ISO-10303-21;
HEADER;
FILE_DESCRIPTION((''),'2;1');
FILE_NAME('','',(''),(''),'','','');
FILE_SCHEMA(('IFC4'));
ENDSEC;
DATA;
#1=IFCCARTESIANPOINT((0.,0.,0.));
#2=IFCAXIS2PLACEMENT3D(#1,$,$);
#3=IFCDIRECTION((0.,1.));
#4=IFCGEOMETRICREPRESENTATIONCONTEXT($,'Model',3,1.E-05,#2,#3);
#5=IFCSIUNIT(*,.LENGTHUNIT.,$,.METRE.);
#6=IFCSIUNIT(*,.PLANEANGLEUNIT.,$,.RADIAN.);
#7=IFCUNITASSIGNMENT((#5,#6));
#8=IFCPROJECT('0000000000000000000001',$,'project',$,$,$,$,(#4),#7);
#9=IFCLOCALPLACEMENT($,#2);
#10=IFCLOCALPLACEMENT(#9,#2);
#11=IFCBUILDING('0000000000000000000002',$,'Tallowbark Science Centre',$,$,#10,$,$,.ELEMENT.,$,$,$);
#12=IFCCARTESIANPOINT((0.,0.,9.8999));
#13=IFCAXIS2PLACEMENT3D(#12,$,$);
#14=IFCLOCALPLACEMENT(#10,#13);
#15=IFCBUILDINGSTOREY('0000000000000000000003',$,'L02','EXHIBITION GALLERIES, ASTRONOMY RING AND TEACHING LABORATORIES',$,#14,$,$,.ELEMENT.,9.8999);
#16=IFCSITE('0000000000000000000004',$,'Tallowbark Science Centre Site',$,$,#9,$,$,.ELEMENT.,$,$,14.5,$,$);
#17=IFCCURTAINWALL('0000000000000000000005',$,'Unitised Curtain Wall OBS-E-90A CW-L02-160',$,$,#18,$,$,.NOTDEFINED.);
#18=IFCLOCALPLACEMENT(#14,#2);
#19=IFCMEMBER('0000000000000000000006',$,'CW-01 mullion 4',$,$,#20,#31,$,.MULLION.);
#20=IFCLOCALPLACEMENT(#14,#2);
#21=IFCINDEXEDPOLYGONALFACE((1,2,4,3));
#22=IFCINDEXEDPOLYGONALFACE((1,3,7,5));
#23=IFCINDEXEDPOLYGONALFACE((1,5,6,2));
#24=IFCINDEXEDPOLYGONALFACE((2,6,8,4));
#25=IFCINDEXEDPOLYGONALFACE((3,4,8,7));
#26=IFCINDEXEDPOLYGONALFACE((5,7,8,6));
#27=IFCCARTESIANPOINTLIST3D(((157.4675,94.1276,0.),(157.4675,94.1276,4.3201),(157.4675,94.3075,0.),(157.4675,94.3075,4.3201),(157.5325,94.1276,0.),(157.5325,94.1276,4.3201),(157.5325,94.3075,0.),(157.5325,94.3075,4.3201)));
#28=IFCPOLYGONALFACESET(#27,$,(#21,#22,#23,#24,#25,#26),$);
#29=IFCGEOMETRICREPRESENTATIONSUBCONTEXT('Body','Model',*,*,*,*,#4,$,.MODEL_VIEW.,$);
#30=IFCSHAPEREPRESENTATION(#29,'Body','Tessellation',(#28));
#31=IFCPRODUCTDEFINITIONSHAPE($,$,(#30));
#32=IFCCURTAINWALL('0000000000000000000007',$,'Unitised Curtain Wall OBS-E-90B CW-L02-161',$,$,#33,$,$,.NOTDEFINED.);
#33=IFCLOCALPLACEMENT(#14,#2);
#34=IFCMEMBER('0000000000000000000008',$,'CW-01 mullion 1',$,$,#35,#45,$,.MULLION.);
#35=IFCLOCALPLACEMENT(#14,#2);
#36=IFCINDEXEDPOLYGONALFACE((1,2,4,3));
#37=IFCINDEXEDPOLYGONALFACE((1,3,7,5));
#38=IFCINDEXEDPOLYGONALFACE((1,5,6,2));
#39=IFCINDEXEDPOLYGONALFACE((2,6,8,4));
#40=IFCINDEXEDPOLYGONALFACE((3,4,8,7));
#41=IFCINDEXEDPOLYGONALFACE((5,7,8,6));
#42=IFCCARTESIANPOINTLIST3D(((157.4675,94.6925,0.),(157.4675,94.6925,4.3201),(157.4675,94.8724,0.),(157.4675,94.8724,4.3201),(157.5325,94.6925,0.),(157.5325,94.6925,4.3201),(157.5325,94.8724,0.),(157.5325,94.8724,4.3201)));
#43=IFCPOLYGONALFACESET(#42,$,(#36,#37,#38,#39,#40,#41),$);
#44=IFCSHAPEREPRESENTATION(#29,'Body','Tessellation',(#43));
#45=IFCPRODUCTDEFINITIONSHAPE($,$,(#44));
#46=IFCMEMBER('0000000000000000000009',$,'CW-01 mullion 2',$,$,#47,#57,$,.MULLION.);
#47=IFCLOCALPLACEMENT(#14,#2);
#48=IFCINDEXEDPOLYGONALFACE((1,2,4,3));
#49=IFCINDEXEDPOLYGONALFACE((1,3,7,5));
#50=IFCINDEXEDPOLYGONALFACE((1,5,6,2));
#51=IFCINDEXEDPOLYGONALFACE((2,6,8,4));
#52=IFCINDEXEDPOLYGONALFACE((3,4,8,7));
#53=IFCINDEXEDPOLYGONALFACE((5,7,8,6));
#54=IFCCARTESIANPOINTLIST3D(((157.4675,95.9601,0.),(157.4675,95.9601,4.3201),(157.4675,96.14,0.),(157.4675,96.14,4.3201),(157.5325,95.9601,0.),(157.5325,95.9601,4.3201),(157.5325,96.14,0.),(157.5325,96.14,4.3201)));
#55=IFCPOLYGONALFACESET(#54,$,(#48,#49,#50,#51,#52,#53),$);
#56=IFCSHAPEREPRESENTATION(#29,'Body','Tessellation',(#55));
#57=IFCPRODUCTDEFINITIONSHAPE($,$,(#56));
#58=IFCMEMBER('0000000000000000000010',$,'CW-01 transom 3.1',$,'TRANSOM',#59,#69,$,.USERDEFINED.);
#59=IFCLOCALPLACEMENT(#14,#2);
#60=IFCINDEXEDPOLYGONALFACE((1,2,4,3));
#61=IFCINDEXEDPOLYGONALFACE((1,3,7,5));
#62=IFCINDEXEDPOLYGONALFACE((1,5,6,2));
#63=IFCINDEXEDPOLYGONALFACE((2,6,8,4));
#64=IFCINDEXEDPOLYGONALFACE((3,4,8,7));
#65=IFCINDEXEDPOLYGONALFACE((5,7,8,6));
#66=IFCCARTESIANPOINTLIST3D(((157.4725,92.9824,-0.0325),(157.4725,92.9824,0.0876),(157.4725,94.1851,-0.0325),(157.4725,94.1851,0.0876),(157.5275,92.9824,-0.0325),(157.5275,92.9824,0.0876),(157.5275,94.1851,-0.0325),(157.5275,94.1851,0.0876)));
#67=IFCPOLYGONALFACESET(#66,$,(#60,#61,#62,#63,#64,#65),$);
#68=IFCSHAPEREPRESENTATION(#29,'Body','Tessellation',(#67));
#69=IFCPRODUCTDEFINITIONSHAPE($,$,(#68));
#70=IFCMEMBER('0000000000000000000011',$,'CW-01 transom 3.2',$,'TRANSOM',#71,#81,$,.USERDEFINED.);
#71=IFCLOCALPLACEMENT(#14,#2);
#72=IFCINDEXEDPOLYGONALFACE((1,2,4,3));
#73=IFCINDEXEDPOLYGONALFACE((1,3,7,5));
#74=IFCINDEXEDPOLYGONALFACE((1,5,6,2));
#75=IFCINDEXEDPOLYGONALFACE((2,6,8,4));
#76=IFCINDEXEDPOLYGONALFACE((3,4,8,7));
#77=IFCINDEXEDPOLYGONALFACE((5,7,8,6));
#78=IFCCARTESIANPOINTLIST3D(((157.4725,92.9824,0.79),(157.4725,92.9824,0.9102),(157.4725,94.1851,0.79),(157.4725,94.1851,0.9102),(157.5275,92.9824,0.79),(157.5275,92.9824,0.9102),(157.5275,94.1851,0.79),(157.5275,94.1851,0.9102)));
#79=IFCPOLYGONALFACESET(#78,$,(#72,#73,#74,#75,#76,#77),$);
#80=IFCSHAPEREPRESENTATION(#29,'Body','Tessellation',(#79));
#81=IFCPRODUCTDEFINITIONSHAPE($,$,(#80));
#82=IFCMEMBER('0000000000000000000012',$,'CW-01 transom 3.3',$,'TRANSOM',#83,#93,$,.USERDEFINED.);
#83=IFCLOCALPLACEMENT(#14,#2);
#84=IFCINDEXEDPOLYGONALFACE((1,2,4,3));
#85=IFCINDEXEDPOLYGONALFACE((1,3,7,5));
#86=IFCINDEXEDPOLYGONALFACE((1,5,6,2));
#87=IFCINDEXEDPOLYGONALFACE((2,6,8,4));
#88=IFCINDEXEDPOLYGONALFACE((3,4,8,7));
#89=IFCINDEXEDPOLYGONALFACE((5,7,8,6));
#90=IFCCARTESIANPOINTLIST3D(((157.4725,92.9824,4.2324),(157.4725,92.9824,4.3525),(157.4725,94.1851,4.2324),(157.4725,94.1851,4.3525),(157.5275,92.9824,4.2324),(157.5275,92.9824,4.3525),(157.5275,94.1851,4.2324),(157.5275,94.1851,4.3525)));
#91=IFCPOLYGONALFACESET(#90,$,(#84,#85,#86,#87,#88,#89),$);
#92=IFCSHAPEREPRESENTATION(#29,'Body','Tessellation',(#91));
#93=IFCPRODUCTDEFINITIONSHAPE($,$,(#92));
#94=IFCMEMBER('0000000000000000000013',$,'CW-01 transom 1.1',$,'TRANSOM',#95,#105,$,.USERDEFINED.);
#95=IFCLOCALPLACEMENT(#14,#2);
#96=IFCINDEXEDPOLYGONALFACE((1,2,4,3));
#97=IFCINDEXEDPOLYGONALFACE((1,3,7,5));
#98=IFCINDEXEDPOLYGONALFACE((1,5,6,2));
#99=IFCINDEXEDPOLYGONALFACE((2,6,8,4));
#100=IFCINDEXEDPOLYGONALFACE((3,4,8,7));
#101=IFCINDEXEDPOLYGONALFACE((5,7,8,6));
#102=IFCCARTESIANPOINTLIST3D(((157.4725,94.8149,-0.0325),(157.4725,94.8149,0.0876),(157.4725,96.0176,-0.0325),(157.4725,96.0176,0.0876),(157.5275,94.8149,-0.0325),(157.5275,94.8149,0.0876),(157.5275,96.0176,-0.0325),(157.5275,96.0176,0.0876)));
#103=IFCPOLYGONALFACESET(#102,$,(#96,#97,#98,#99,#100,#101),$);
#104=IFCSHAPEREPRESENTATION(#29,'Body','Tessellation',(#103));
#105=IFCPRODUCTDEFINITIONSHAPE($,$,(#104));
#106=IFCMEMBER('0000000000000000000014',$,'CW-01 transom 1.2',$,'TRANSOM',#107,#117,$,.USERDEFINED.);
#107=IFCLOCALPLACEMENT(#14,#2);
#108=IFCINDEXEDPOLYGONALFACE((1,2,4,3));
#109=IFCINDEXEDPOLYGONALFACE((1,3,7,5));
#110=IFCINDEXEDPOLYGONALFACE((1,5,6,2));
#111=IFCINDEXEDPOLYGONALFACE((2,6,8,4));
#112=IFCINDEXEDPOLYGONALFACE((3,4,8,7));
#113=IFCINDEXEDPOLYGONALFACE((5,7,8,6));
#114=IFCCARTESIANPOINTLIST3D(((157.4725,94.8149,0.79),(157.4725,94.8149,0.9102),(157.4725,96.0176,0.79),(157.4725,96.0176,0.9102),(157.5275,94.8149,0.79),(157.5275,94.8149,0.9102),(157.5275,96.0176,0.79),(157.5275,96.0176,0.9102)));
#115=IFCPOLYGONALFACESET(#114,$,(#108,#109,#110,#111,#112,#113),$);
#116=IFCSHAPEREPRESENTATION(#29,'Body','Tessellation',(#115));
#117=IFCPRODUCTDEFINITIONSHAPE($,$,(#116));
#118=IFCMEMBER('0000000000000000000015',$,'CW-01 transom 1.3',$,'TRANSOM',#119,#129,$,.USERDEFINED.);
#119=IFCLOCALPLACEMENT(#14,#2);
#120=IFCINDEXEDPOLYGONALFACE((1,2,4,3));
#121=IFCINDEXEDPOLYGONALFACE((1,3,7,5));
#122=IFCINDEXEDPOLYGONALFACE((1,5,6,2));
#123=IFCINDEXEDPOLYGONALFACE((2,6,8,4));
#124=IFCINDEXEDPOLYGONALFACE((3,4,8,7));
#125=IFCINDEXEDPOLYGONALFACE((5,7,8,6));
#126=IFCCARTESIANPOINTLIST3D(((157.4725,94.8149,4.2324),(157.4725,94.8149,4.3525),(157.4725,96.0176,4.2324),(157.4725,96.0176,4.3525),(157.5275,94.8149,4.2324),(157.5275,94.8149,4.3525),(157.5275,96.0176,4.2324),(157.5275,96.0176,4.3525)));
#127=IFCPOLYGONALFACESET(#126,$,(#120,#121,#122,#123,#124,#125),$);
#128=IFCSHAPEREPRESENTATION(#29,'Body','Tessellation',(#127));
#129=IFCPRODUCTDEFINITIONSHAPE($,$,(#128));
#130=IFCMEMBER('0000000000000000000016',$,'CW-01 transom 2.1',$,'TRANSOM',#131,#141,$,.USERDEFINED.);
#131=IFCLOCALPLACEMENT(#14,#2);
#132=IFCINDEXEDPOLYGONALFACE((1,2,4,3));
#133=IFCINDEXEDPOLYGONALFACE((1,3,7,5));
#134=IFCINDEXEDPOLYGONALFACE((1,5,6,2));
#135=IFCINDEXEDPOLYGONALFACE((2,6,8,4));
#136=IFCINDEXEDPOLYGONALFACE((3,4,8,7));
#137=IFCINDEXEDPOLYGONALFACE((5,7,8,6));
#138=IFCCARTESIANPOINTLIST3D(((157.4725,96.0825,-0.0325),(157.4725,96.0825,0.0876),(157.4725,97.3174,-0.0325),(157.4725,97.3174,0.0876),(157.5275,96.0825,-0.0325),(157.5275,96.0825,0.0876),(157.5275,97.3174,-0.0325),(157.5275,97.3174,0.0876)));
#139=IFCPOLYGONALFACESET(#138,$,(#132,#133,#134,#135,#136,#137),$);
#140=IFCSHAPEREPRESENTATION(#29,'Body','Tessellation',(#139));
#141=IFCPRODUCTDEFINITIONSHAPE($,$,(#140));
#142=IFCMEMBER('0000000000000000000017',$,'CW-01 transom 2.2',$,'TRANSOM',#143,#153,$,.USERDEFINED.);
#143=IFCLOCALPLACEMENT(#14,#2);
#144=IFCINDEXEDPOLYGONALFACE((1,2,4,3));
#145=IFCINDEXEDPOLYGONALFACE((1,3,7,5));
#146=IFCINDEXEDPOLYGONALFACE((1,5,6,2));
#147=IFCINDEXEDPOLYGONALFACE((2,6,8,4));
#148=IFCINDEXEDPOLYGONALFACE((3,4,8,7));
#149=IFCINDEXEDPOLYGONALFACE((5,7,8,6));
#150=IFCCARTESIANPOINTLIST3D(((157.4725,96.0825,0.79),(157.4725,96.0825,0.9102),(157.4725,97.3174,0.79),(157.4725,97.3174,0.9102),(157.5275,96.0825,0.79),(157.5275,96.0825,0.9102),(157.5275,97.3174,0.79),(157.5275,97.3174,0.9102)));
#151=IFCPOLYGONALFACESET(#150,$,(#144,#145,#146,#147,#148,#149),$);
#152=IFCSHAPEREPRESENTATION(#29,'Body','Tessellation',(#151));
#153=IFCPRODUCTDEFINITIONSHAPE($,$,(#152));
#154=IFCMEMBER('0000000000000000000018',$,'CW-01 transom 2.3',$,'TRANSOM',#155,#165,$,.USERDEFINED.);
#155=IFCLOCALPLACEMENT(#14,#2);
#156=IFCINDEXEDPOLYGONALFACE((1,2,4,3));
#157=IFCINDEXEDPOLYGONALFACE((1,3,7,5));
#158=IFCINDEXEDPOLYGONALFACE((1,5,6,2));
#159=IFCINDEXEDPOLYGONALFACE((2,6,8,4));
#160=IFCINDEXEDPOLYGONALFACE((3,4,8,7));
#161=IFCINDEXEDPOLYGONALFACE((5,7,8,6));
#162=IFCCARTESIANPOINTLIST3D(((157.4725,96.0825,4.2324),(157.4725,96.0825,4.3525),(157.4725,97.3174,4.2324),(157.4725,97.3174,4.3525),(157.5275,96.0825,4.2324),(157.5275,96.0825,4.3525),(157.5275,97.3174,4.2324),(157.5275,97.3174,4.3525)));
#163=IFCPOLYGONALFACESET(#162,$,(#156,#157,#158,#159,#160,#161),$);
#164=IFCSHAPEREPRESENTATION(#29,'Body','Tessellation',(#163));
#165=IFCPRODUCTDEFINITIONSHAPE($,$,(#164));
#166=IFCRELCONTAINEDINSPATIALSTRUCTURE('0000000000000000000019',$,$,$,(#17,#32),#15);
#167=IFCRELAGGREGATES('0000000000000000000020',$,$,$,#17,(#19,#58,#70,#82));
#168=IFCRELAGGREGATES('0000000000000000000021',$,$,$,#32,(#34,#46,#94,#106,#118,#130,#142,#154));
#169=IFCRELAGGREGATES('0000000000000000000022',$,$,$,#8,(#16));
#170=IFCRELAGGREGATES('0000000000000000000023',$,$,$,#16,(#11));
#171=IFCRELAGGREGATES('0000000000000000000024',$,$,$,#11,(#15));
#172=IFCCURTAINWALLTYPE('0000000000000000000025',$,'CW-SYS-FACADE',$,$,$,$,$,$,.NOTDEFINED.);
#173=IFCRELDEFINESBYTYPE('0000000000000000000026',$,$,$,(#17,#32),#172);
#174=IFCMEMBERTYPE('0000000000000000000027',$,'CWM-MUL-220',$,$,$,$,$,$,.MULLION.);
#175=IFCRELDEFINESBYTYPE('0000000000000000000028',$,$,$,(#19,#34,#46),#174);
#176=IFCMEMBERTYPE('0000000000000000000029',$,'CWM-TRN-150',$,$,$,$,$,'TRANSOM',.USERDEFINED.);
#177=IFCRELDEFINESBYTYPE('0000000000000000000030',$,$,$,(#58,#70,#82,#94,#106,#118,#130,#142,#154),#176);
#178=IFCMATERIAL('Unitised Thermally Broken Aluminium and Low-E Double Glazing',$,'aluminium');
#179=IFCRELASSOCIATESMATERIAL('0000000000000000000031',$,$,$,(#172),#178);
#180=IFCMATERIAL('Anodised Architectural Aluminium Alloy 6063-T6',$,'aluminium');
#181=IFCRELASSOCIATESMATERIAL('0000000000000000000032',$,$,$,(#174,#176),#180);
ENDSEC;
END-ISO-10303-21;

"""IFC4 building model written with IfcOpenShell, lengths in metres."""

from ifc_helpers import new_model, si_unit, direction, frame, origin, origin_2d, place, context, subcontext, project, spatial, rectangle, extrude, material, material_profile, profile_set, type_object, element, aggregate, save


model = new_model("IFC4")

# Units and contexts
model_context = context("Model", 3, precision=1e-05, world=origin(), true_north=direction((0.0, 1.0)))
body_context = subcontext(model_context, "Body", "Model", "MODEL_VIEW")
ifc_project = project(units=[si_unit("LENGTHUNIT", "METRE"), si_unit("PLANEANGLEUNIT", "RADIAN")], contexts=[model_context])

# Site, building, storey
site_placement = place(None, origin())
site = spatial("IfcSite", under=ifc_project, at=site_placement, Name="Tallowbark Science Centre Site", CompositionType="ELEMENT", RefElevation=14.5)
building_placement = place(site_placement, origin())
building = spatial("IfcBuilding", under=site, at=building_placement, Name="Tallowbark Science Centre", CompositionType="ELEMENT")
storey_placement = place(building_placement, frame((0.0, 0.0, 9.8999)))
storey = spatial("IfcBuildingStorey", under=building, at=storey_placement, Name="L02", Description="EXHIBITION GALLERIES, ASTRONOMY RING AND TEACHING LABORATORIES", CompositionType="ELEMENT", Elevation=9.8999)

# Curtain wall, member
ifc_material_1 = material(Name="Unitised Thermally Broken Aluminium and Low-E Double Glazing", Category="aluminium")
curtain_wall_type = type_object("IfcCurtainWallType", Name="CW-SYS-FACADE", PredefinedType="NOTDEFINED", material=ifc_material_1)
curtain_wall_1_placement = place(storey_placement, origin())
curtain_wall_1 = element("IfcCurtainWall", 1, at=curtain_wall_1_placement, inside=storey, type_object=curtain_wall_type, Name="Unitised Curtain Wall OBS-E-90A CW-L02-160", PredefinedType="NOTDEFINED")
ifc_material_2 = material(Name="Anodised Architectural Aluminium Alloy 6063-T6", Category="aluminium")
ifc_material_profile_1 = material_profile(ifc_material_2, rectangle(XDim=0.0649, YDim=0.1799, at=origin_2d()), Name="ALU65x180")
ifc_profile_set_1 = profile_set([ifc_material_profile_1], Name="Anodised Architectural Aluminium Alloy 6063-T6")
member_type_1 = type_object("IfcMemberType", Name="CWM-MUL-220", PredefinedType="MULLION", material=ifc_profile_set_1)
member_1_placement = place(storey_placement, frame((157.5, 94.2175, 0.0), z_axis=(0.0, 0.0, 1.0), x_axis=(-1.0, 0.0, 0.0)))
member_1 = element("IfcMember", 2, at=member_1_placement, type_object=member_type_1, Name="CW-01 mullion 4", PredefinedType="MULLION", context=body_context, shape_type="SweptSolid", body=[
    extrude(rectangle(XDim=0.0649, YDim=0.1799, at=origin_2d()), origin(), (0.0, 0.0, 1.0), 4.3201),
])

# Curtain wall, members
curtain_wall_2_placement = place(storey_placement, origin())
curtain_wall_2 = element("IfcCurtainWall", 3, at=curtain_wall_2_placement, inside=storey, type_object=curtain_wall_type, Name="Unitised Curtain Wall OBS-E-90B CW-L02-161", PredefinedType="NOTDEFINED")
member_2_placement = place(storey_placement, frame((157.5, 94.7825, 0.0), z_axis=(0.0, 0.0, 1.0), x_axis=(-1.0, 0.0, 0.0)))
member_2 = element("IfcMember", 4, at=member_2_placement, type_object=member_type_1, Name="CW-01 mullion 1", PredefinedType="MULLION", context=body_context, shape_type="SweptSolid", body=[
    extrude(rectangle(XDim=0.0649, YDim=0.1799, at=origin_2d()), origin(), (0.0, 0.0, 1.0), 4.3201),
])
member_3_placement = place(storey_placement, frame((157.5, 96.05, 0.0), z_axis=(0.0, 0.0, 1.0), x_axis=(-1.0, 0.0, 0.0)))
member_3 = element("IfcMember", 5, at=member_3_placement, type_object=member_type_1, Name="CW-01 mullion 2", PredefinedType="MULLION", context=body_context, shape_type="SweptSolid", body=[
    extrude(rectangle(XDim=0.0649, YDim=0.1799, at=origin_2d()), origin(), (0.0, 0.0, 1.0), 4.3201),
])

# Members
ifc_material_profile_2 = material_profile(ifc_material_2, rectangle(XDim=0.0549, YDim=0.1201, at=origin_2d()), Name="ALU55x120")
ifc_profile_set_2 = profile_set([ifc_material_profile_2], Name="Anodised Architectural Aluminium Alloy 6063-T6")
member_type_2 = type_object("IfcMemberType", Name="CWM-TRN-150", ElementType="TRANSOM", PredefinedType="USERDEFINED", material=ifc_profile_set_2)
member_4_placement = place(storey_placement, frame((157.5, 92.9824, 0.0276), z_axis=(0.0, 1.0, 0.0), x_axis=(-1.0, 0.0, 0.0)))
member_4 = element("IfcMember", 6, at=member_4_placement, type_object=member_type_2, Name="CW-01 transom 3.1", ObjectType="TRANSOM", PredefinedType="USERDEFINED", context=body_context, shape_type="SweptSolid", body=[
    extrude(rectangle(XDim=0.0549, YDim=0.1201, at=origin_2d()), origin(), (0.0, 0.0, 1.0), 1.2026),
])
member_5_placement = place(storey_placement, frame((157.5, 92.9824, 0.8501), z_axis=(0.0, 1.0, 0.0), x_axis=(-1.0, 0.0, 0.0)))
member_5 = element("IfcMember", 7, at=member_5_placement, type_object=member_type_2, Name="CW-01 transom 3.2", ObjectType="TRANSOM", PredefinedType="USERDEFINED", context=body_context, shape_type="SweptSolid", body=[
    extrude(rectangle(XDim=0.0549, YDim=0.1201, at=origin_2d()), origin(), (0.0, 0.0, 1.0), 1.2026),
])
member_6_placement = place(storey_placement, frame((157.5, 92.9824, 4.2925), z_axis=(0.0, 1.0, 0.0), x_axis=(-1.0, 0.0, 0.0)))
member_6 = element("IfcMember", 8, at=member_6_placement, type_object=member_type_2, Name="CW-01 transom 3.3", ObjectType="TRANSOM", PredefinedType="USERDEFINED", context=body_context, shape_type="SweptSolid", body=[
    extrude(rectangle(XDim=0.0549, YDim=0.1201, at=origin_2d()), origin(), (0.0, 0.0, 1.0), 1.2026),
])
member_7_placement = place(storey_placement, frame((157.5, 94.8149, 0.0276), z_axis=(0.0, 1.0, 0.0), x_axis=(-1.0, 0.0, 0.0)))
member_7 = element("IfcMember", 9, at=member_7_placement, type_object=member_type_2, Name="CW-01 transom 1.1", ObjectType="TRANSOM", PredefinedType="USERDEFINED", context=body_context, shape_type="SweptSolid", body=[
    extrude(rectangle(XDim=0.0549, YDim=0.1201, at=origin_2d()), origin(), (0.0, 0.0, 1.0), 1.2026),
])
member_8_placement = place(storey_placement, frame((157.5, 94.8149, 0.8501), z_axis=(0.0, 1.0, 0.0), x_axis=(-1.0, 0.0, 0.0)))
member_8 = element("IfcMember", 10, at=member_8_placement, type_object=member_type_2, Name="CW-01 transom 1.2", ObjectType="TRANSOM", PredefinedType="USERDEFINED", context=body_context, shape_type="SweptSolid", body=[
    extrude(rectangle(XDim=0.0549, YDim=0.1201, at=origin_2d()), origin(), (0.0, 0.0, 1.0), 1.2026),
])
member_9_placement = place(storey_placement, frame((157.5, 94.8149, 4.2925), z_axis=(0.0, 1.0, 0.0), x_axis=(-1.0, 0.0, 0.0)))
member_9 = element("IfcMember", 11, at=member_9_placement, type_object=member_type_2, Name="CW-01 transom 1.3", ObjectType="TRANSOM", PredefinedType="USERDEFINED", context=body_context, shape_type="SweptSolid", body=[
    extrude(rectangle(XDim=0.0549, YDim=0.1201, at=origin_2d()), origin(), (0.0, 0.0, 1.0), 1.2026),
])
member_10_placement = place(storey_placement, frame((157.5, 96.0825, 0.0276), z_axis=(0.0, 1.0, 0.0), x_axis=(-1.0, 0.0, 0.0)))
member_10 = element("IfcMember", 12, at=member_10_placement, type_object=member_type_2, Name="CW-01 transom 2.1", ObjectType="TRANSOM", PredefinedType="USERDEFINED", context=body_context, shape_type="SweptSolid", body=[
    extrude(rectangle(XDim=0.0549, YDim=0.1201, at=origin_2d()), origin(), (0.0, 0.0, 1.0), 1.2349),
])
member_11_placement = place(storey_placement, frame((157.5, 96.0825, 0.8501), z_axis=(0.0, 1.0, 0.0), x_axis=(-1.0, 0.0, 0.0)))
member_11 = element("IfcMember", 13, at=member_11_placement, type_object=member_type_2, Name="CW-01 transom 2.2", ObjectType="TRANSOM", PredefinedType="USERDEFINED", context=body_context, shape_type="SweptSolid", body=[
    extrude(rectangle(XDim=0.0549, YDim=0.1201, at=origin_2d()), origin(), (0.0, 0.0, 1.0), 1.2349),
])
member_12_placement = place(storey_placement, frame((157.5, 96.0825, 4.2925), z_axis=(0.0, 1.0, 0.0), x_axis=(-1.0, 0.0, 0.0)))
member_12 = element("IfcMember", 14, at=member_12_placement, type_object=member_type_2, Name="CW-01 transom 2.3", ObjectType="TRANSOM", PredefinedType="USERDEFINED", context=body_context, shape_type="SweptSolid", body=[
    extrude(rectangle(XDim=0.0549, YDim=0.1201, at=origin_2d()), origin(), (0.0, 0.0, 1.0), 1.2349),
])

aggregate(curtain_wall_1, [member_1, member_4, member_5, member_6])
aggregate(curtain_wall_2, [member_2, member_3, member_7, member_8, member_9, member_10, member_11, member_12])

save(model, "model.ifc")
